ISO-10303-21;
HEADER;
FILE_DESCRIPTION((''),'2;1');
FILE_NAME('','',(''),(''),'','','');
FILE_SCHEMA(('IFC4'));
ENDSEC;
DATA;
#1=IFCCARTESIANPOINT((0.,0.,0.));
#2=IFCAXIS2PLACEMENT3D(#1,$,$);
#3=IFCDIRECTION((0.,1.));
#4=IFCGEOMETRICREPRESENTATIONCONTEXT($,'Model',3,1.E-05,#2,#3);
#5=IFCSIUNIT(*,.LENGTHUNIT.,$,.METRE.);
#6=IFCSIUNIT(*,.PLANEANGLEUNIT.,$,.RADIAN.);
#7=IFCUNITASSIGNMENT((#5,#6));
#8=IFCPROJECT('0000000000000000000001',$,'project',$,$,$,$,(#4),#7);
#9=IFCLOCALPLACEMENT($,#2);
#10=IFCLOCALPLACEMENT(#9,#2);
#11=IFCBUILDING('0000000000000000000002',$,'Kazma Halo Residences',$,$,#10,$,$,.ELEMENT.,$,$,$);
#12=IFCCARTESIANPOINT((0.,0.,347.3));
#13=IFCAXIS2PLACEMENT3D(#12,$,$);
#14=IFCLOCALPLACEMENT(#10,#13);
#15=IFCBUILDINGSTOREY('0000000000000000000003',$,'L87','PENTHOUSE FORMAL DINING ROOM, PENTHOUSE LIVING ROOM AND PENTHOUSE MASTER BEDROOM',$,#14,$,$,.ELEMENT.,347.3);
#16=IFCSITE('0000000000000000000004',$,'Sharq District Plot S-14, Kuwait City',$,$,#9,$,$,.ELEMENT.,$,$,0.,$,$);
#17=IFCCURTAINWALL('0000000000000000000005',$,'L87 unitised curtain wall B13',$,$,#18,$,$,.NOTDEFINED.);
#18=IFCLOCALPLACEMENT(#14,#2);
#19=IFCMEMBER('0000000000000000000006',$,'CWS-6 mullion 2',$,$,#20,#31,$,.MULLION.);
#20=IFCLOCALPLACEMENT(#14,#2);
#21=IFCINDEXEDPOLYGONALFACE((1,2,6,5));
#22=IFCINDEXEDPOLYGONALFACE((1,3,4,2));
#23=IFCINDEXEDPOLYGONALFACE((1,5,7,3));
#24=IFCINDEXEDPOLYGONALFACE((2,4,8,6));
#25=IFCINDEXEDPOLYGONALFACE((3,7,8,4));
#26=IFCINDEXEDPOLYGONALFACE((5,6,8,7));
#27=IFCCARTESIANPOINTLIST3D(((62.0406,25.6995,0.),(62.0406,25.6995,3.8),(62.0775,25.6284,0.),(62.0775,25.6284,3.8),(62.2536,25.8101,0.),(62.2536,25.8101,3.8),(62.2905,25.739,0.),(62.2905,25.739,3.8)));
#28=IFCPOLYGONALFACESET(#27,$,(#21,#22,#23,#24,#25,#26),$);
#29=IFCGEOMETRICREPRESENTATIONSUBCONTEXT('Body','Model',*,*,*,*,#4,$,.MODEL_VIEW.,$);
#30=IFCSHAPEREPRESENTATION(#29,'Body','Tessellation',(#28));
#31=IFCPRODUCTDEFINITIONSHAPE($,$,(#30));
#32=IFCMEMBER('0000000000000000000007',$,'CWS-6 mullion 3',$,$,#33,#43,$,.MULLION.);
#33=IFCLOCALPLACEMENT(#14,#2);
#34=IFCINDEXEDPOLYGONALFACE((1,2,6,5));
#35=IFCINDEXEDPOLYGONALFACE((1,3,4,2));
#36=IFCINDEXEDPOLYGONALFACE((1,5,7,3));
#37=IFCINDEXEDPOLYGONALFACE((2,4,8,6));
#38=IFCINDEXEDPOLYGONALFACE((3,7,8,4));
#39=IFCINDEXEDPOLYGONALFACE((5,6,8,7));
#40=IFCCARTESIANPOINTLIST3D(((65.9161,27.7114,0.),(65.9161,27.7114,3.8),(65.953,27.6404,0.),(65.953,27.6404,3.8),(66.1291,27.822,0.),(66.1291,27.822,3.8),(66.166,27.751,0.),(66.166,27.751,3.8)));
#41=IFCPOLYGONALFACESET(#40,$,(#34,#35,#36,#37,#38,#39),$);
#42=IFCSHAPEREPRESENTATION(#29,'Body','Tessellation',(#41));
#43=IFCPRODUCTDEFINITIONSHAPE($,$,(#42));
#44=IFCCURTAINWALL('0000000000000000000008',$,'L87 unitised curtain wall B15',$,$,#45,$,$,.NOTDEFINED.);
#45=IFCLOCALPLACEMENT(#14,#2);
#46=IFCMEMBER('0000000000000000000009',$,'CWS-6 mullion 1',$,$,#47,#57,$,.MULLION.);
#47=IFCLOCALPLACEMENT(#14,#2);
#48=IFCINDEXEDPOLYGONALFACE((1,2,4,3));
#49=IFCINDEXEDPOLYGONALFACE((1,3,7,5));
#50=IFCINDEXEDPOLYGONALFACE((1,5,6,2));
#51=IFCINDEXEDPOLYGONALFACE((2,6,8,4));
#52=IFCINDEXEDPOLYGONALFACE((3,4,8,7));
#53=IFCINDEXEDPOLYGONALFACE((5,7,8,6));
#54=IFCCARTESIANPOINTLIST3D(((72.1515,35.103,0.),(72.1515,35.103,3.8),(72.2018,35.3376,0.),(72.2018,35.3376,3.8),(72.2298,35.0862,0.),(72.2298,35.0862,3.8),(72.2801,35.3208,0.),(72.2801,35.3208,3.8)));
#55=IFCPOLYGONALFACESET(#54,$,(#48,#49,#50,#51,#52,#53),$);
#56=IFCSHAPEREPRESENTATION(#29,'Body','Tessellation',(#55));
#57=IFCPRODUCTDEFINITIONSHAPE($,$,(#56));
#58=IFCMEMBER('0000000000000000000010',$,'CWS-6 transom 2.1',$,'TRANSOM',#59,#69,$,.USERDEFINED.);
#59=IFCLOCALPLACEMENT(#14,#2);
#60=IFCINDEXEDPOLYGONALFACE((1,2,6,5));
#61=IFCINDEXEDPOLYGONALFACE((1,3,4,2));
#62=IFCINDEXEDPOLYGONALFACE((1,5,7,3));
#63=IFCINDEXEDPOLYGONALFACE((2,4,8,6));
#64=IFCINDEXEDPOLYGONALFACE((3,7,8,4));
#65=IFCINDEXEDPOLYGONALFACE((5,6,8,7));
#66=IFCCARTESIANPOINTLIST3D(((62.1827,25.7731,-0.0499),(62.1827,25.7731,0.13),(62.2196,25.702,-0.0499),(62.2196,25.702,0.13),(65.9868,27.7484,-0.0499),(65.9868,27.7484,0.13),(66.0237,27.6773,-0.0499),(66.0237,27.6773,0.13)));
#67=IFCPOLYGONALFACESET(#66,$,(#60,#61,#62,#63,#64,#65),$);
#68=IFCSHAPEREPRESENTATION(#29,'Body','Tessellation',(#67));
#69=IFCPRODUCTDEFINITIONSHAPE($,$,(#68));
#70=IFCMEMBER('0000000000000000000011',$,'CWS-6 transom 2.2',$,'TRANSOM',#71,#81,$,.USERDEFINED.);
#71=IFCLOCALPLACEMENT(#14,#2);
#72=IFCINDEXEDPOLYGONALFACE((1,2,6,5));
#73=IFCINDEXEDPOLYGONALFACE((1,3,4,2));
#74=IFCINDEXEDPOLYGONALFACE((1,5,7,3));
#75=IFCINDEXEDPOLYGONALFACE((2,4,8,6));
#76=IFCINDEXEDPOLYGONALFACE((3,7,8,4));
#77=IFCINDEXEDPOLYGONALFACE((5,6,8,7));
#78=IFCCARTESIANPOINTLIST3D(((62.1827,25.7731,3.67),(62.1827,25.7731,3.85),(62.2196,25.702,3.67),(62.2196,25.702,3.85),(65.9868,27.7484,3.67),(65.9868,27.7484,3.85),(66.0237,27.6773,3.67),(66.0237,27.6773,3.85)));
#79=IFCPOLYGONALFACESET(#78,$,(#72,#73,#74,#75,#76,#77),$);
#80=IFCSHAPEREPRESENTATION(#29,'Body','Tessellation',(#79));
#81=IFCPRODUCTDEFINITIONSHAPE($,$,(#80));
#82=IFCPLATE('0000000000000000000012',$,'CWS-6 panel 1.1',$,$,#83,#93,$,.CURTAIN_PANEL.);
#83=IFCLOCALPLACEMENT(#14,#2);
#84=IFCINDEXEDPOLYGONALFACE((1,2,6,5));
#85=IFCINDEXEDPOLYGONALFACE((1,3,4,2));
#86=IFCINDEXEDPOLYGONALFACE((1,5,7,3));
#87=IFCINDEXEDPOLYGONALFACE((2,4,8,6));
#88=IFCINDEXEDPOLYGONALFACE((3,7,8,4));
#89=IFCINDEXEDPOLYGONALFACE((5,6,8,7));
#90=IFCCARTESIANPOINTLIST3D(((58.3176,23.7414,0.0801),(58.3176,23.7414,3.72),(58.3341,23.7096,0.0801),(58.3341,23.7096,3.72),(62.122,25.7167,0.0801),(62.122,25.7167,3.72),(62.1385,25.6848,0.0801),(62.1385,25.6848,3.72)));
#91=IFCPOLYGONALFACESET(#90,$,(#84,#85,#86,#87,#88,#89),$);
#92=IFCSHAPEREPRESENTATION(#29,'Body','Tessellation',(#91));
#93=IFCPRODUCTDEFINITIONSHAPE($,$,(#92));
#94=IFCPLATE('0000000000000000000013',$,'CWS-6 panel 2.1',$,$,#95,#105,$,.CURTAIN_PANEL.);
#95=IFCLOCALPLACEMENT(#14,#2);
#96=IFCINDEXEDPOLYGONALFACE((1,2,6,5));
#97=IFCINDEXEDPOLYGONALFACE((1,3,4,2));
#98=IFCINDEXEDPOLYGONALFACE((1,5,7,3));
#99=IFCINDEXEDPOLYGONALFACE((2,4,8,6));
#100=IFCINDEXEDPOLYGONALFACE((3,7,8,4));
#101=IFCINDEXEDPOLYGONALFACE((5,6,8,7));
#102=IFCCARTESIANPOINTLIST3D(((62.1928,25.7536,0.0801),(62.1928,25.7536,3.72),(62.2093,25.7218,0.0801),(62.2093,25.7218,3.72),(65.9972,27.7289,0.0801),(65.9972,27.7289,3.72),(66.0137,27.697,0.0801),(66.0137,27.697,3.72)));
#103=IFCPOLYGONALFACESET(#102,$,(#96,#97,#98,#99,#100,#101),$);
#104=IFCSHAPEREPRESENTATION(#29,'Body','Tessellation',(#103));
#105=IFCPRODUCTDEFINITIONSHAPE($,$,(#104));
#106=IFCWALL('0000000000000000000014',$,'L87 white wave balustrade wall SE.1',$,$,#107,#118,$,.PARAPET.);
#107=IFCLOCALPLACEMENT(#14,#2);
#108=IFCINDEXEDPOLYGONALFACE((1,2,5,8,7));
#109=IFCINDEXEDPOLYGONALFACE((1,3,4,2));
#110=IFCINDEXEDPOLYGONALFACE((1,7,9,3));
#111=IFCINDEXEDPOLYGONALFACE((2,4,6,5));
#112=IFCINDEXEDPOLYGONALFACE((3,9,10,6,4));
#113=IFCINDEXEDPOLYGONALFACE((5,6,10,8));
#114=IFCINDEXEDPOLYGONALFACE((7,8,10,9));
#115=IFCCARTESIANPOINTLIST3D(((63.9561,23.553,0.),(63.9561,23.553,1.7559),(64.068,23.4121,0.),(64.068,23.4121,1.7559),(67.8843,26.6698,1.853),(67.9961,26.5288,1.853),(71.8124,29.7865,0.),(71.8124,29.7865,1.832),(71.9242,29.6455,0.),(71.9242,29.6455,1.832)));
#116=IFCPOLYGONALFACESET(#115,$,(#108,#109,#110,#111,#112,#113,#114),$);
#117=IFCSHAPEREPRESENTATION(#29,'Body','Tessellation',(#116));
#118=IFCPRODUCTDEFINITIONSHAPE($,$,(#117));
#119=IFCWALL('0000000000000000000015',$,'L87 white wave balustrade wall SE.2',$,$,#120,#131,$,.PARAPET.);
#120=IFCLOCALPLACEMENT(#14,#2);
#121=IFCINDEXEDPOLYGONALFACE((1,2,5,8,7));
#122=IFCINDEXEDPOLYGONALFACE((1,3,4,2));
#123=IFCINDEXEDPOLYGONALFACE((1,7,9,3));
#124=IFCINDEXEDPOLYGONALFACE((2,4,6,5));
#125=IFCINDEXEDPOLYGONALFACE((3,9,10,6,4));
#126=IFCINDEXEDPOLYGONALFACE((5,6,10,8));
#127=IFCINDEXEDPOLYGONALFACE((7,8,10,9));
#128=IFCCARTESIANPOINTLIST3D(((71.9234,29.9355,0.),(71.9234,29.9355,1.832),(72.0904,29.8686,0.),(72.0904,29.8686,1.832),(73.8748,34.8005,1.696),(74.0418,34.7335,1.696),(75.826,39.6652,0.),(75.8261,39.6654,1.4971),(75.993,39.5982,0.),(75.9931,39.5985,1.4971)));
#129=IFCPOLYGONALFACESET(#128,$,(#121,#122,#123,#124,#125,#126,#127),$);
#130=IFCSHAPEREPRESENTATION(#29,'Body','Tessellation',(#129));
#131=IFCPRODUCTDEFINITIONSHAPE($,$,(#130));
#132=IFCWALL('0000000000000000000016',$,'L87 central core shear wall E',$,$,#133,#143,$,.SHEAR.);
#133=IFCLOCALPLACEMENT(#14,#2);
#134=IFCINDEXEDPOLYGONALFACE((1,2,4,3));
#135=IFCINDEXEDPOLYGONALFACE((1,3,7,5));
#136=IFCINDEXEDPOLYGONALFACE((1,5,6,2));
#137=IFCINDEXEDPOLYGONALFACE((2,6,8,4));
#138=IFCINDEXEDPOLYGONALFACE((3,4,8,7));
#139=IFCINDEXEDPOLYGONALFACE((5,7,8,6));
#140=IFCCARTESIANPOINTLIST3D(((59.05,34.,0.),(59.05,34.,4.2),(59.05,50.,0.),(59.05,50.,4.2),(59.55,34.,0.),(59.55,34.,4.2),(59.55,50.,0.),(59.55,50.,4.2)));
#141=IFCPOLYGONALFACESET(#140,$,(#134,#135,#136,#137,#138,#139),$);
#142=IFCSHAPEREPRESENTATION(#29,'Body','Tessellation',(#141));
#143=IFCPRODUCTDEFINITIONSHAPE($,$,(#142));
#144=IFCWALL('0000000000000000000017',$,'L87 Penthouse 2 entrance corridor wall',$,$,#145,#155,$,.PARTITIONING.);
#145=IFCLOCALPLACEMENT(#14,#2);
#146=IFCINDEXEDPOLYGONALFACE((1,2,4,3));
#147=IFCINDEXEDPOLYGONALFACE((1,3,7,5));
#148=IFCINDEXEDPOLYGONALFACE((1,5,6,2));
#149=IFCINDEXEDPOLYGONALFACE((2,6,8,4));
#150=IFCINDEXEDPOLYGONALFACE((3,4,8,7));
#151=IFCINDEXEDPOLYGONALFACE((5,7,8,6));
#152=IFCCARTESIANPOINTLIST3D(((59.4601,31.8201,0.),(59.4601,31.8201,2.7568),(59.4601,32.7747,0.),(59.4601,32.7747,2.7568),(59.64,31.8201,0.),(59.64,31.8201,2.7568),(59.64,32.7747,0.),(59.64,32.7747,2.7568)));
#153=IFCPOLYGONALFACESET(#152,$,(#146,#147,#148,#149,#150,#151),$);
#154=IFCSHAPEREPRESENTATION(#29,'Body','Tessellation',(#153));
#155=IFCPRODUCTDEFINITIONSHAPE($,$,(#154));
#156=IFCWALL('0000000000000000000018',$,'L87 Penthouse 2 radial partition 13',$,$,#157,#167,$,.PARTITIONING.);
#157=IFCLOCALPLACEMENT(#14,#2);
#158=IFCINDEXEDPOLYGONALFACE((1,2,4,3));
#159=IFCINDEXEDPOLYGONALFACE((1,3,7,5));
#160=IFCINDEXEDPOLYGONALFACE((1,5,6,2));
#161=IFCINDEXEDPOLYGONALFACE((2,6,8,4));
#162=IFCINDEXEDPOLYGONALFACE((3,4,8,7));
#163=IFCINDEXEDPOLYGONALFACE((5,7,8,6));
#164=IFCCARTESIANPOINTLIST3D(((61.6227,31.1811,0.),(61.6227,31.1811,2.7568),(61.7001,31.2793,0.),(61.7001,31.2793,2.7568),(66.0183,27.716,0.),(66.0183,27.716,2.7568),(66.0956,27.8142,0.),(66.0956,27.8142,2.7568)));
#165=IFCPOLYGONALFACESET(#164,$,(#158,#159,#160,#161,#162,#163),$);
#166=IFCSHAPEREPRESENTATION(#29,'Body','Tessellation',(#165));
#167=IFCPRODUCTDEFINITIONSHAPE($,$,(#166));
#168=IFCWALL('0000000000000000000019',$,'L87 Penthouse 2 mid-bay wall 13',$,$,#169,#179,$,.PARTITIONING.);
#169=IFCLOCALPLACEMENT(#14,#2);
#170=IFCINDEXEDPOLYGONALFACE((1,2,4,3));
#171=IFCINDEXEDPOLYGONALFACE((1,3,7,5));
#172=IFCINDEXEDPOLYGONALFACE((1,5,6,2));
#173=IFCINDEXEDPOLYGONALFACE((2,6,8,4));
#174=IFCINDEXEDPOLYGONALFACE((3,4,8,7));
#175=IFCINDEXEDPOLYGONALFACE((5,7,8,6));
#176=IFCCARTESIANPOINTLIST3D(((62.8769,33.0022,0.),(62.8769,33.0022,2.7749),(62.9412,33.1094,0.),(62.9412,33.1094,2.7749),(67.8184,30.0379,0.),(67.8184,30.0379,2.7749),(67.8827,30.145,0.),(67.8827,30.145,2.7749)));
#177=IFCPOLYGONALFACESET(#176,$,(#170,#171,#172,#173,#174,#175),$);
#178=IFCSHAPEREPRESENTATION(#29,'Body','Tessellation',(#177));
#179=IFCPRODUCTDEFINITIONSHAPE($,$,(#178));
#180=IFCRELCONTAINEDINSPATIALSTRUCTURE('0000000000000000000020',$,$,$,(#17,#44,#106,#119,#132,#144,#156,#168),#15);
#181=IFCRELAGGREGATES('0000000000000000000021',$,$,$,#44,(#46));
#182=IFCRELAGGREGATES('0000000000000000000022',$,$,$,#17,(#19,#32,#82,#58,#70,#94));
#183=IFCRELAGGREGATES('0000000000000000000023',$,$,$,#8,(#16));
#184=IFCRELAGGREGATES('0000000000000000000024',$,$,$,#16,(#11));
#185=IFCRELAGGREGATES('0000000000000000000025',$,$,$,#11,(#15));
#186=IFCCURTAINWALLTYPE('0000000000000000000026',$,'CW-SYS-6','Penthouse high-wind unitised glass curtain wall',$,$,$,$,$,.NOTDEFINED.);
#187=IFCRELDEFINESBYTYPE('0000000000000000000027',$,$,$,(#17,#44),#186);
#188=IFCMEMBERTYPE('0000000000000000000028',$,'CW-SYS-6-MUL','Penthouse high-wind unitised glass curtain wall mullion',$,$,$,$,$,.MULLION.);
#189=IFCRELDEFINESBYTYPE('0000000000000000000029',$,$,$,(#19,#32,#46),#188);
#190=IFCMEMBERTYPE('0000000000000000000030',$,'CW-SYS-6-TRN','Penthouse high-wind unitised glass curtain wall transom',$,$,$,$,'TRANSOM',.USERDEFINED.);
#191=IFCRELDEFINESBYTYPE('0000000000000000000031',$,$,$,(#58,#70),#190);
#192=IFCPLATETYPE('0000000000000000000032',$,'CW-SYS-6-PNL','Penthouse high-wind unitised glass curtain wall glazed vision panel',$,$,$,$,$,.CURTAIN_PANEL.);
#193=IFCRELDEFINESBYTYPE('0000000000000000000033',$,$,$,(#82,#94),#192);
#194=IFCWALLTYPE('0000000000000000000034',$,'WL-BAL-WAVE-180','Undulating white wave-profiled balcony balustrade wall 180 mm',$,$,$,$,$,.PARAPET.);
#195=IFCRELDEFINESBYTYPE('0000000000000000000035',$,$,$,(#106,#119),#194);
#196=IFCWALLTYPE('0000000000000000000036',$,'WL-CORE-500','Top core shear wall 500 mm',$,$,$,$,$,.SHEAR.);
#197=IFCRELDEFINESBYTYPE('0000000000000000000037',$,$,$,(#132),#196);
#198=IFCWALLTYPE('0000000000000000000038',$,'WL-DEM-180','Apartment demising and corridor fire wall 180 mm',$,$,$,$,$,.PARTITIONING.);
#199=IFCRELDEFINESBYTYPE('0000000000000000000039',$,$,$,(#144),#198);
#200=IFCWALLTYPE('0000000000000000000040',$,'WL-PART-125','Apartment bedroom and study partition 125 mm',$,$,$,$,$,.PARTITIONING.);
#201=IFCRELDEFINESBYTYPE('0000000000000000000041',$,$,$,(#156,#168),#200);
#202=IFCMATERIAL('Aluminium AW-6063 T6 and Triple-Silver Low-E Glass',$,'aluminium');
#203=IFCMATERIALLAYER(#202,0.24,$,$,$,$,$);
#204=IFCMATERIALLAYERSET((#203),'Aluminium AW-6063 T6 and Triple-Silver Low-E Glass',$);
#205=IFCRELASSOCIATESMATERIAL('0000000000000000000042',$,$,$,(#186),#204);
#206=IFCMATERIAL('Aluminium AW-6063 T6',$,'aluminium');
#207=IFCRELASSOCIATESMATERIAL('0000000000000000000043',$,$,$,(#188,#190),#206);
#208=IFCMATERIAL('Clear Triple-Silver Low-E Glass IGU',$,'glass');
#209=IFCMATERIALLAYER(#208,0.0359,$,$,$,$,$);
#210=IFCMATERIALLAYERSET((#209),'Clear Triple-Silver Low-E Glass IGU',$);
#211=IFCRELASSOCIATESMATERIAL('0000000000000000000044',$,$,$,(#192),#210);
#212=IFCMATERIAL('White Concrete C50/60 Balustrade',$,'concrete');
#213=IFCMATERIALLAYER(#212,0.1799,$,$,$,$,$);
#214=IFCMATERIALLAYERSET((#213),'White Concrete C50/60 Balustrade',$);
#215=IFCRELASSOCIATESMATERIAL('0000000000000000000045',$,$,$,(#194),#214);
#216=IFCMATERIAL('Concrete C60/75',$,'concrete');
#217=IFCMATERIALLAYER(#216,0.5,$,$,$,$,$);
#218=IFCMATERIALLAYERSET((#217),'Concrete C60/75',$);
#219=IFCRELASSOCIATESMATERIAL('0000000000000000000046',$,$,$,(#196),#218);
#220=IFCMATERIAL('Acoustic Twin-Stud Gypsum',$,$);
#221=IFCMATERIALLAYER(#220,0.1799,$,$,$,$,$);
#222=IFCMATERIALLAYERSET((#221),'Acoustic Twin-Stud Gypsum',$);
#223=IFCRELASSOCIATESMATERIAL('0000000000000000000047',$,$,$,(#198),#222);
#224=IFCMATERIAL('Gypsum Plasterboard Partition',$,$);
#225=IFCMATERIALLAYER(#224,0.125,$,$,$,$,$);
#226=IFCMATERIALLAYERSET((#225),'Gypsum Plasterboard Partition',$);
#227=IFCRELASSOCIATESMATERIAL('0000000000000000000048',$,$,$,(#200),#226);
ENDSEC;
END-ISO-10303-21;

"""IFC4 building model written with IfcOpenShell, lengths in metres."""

from ifc_helpers import new_model, si_unit, direction, frame, frame_2d, origin, origin_2d, place, context, subcontext, project, spatial, polyline, rectangle, outline, extrude, material, layer, layer_set, material_profile, profile_set, type_object, element, aggregate, save


model = new_model("IFC4")

# Units and contexts
model_context = context("Model", 3, precision=1e-05, world=origin(), true_north=direction((0.0, 1.0)))
body_context = subcontext(model_context, "Body", "Model", "MODEL_VIEW")
ifc_project = project(units=[si_unit("LENGTHUNIT", "METRE"), si_unit("PLANEANGLEUNIT", "RADIAN")], contexts=[model_context])

# Site, building, storey
site_placement = place(None, origin())
site = spatial("IfcSite", under=ifc_project, at=site_placement, Name="Sharq District Plot S-14, Kuwait City", CompositionType="ELEMENT", RefElevation=0.0)
building_placement = place(site_placement, origin())
building = spatial("IfcBuilding", under=site, at=building_placement, Name="Kazma Halo Residences", CompositionType="ELEMENT")
storey_placement = place(building_placement, frame((0.0, 0.0, 347.3)))
storey = spatial("IfcBuildingStorey", under=building, at=storey_placement, Name="L87", Description="PENTHOUSE FORMAL DINING ROOM, PENTHOUSE LIVING ROOM AND PENTHOUSE MASTER BEDROOM", CompositionType="ELEMENT", Elevation=347.3)

# Shared definitions
ifc_material_1 = material(Name="Concrete C60/75", Category="concrete")

# Curtain wall, members
ifc_material_2 = material(Name="Aluminium AW-6063 T6 and Triple-Silver Low-E Glass", Category="aluminium")
ifc_layer_1 = layer(ifc_material_2, 0.24)
ifc_layer_set_1 = layer_set([ifc_layer_1], Name="Aluminium AW-6063 T6 and Triple-Silver Low-E Glass")
curtain_wall_type = type_object("IfcCurtainWallType", Name="CW-SYS-6", Description="Penthouse high-wind unitised glass curtain wall", PredefinedType="NOTDEFINED", material=ifc_layer_set_1)
curtain_wall_1_placement = place(storey_placement, origin())
curtain_wall_1 = element("IfcCurtainWall", 1, at=curtain_wall_1_placement, inside=storey, type_object=curtain_wall_type, Name="L87 unitised curtain wall B13", PredefinedType="NOTDEFINED")
ifc_material_3 = material(Name="Aluminium AW-6063 T6", Category="aluminium")
ifc_material_profile_1 = material_profile(ifc_material_3, rectangle(XDim=0.0801, YDim=0.24, at=origin_2d()), Name="CWM-80x240")
ifc_profile_set_1 = profile_set([ifc_material_profile_1], Name="Aluminium AW-6063 T6")
member_type_1 = type_object("IfcMemberType", Name="CW-SYS-6-MUL", Description="Penthouse high-wind unitised glass curtain wall mullion", PredefinedType="MULLION", material=ifc_profile_set_1)
member_1_placement = place(storey_placement, frame((62.1655, 25.7192, 0.0), z_axis=(0.0, 0.0, 1.0), x_axis=(-0.460796, 0.887506, 0.0)))
member_1 = element("IfcMember", 2, at=member_1_placement, type_object=member_type_1, Name="CWS-6 mullion 2", PredefinedType="MULLION", context=body_context, shape_type="SweptSolid", body=[
    extrude(rectangle(XDim=0.0801, YDim=0.24, at=origin_2d()), origin(), (0.0, 0.0, 1.0), 3.8),
])
member_2_placement = place(storey_placement, frame((66.041, 27.7312, 0.0), z_axis=(0.0, 0.0, 1.0), x_axis=(-0.460796, 0.887506, 0.0)))
member_2 = element("IfcMember", 3, at=member_2_placement, type_object=member_type_1, Name="CWS-6 mullion 3", PredefinedType="MULLION", context=body_context, shape_type="SweptSolid", body=[
    extrude(rectangle(XDim=0.0801, YDim=0.24, at=origin_2d()), origin(), (0.0, 0.0, 1.0), 3.8),
])

# Curtain wall, member
curtain_wall_2_placement = place(storey_placement, origin())
curtain_wall_2 = element("IfcCurtainWall", 4, at=curtain_wall_2_placement, inside=storey, type_object=curtain_wall_type, Name="L87 unitised curtain wall B15", PredefinedType="NOTDEFINED")
member_3_placement = place(storey_placement, frame((72.2158, 35.2119, 0.0), z_axis=(0.0, 0.0, 1.0), x_axis=(-0.977761, 0.209723, 0.0)))
member_3 = element("IfcMember", 5, at=member_3_placement, type_object=member_type_1, Name="CWS-6 mullion 1", PredefinedType="MULLION", context=body_context, shape_type="SweptSolid", body=[
    extrude(rectangle(XDim=0.0801, YDim=0.24, at=origin_2d()), origin(), (0.0, 0.0, 1.0), 3.8),
])
aggregate(curtain_wall_2, [member_3])

# Members
ifc_material_profile_2 = material_profile(ifc_material_3, rectangle(XDim=0.0801, YDim=0.1799, at=origin_2d()), Name="CWT-80x180")
ifc_profile_set_2 = profile_set([ifc_material_profile_2], Name="Aluminium AW-6063 T6")
member_type_2 = type_object("IfcMemberType", Name="CW-SYS-6-TRN", Description="Penthouse high-wind unitised glass curtain wall transom", ElementType="TRANSOM", PredefinedType="USERDEFINED", material=ifc_profile_set_2)
member_4_placement = place(storey_placement, frame((62.2012, 25.7375, 0.04), z_axis=(0.887488, 0.460831, 0.0), x_axis=(-0.460831, 0.887488, 0.0)))
member_4 = element("IfcMember", 6, at=member_4_placement, type_object=member_type_2, Name="CWS-6 transom 2.1", ObjectType="TRANSOM", PredefinedType="USERDEFINED", context=body_context, shape_type="SweptSolid", body=[
    extrude(rectangle(XDim=0.0801, YDim=0.1799, at=origin_2d()), origin(), (0.0, 0.0, 1.0), 4.2864),
])
member_5_placement = place(storey_placement, frame((62.2012, 25.7375, 3.76), z_axis=(0.887488, 0.460831, 0.0), x_axis=(-0.460831, 0.887488, 0.0)))
member_5 = element("IfcMember", 7, at=member_5_placement, type_object=member_type_2, Name="CWS-6 transom 2.2", ObjectType="TRANSOM", PredefinedType="USERDEFINED", context=body_context, shape_type="SweptSolid", body=[
    extrude(rectangle(XDim=0.0801, YDim=0.1799, at=origin_2d()), origin(), (0.0, 0.0, 1.0), 4.2864),
])

# Plates
ifc_material_4 = material(Name="Clear Triple-Silver Low-E Glass IGU", Category="glass")
ifc_layer_2 = layer(ifc_material_4, 0.0359)
ifc_layer_set_2 = layer_set([ifc_layer_2], Name="Clear Triple-Silver Low-E Glass IGU")
plate_type = type_object("IfcPlateType", Name="CW-SYS-6-PNL", Description="Penthouse high-wind unitised glass curtain wall glazed vision panel", PredefinedType="CURTAIN_PANEL", material=ifc_layer_set_2)
plate_1_placement = place(storey_placement, frame((60.228, 24.7131, 0.0801), z_axis=(0.0, 0.0, 1.0), x_axis=(0.887506, 0.460796, 0.0)))
plate_1 = element("IfcPlate", 8, at=plate_1_placement, type_object=plate_type, Name="CWS-6 panel 1.1", PredefinedType="CURTAIN_PANEL", context=body_context, shape_type="SweptSolid", body=[
    extrude(rectangle(XDim=4.2866, YDim=0.0359, at=origin_2d()), origin(), (0.0, 0.0, 1.0), 3.6399),
])
plate_2_placement = place(storey_placement, frame((64.1033, 26.7253, 0.0801), z_axis=(0.0, 0.0, 1.0), x_axis=(0.887506, 0.460796, 0.0)))
plate_2 = element("IfcPlate", 9, at=plate_2_placement, type_object=plate_type, Name="CWS-6 panel 2.1", PredefinedType="CURTAIN_PANEL", context=body_context, shape_type="SweptSolid", body=[
    extrude(rectangle(XDim=4.2866, YDim=0.0359, at=origin_2d()), origin(), (0.0, 0.0, 1.0), 3.6399),
])
aggregate(curtain_wall_1, [member_1, member_2, plate_1, member_4, member_5, plate_2])

# Walls
ifc_material_5 = material(Name="White Concrete C50/60 Balustrade", Category="concrete")
ifc_layer_3 = layer(ifc_material_5, 0.1799)
ifc_layer_set_3 = layer_set([ifc_layer_3], Name="White Concrete C50/60 Balustrade")
wall_type_1 = type_object("IfcWallType", Name="WL-BAL-WAVE-180", Description="Undulating white wave-profiled balcony balustrade wall 180 mm", PredefinedType="PARAPET", material=ifc_layer_set_3)
wall_1_placement = place(storey_placement, frame((64.012, 23.4827, 0.0), z_axis=(0.0, 0.0, 1.0), x_axis=(0.783371, 0.621555, 0.0)))
element("IfcWall", 10, at=wall_1_placement, inside=storey, type_object=wall_type_1, Name="L87 white wave balustrade wall SE.1", PredefinedType="PARAPET", context=body_context, shape_type="SweptSolid", body=[
    extrude(outline(polyline([(0.0, 0.0), (10.0288, 0.0), (10.0288, 1.832), (5.0144, 1.853), (0.0, 1.7559), (0.0, 0.0)])), frame((0.0, 0.0898, 0.0), z_axis=(0.0, -1.0, 0.0), x_axis=(1.0, 0.0, 0.0)), (0.0, 0.0, 1.0), 0.1799),
])
wall_2_placement = place(storey_placement, frame((72.0068, 29.9021, 0.0), z_axis=(0.0, 0.0, 1.0), x_axis=(0.37227, 0.928125, 0.0)))
element("IfcWall", 11, at=wall_2_placement, inside=storey, type_object=wall_type_1, Name="L87 white wave balustrade wall SE.2", PredefinedType="PARAPET", context=body_context, shape_type="SweptSolid", body=[
    extrude(outline(polyline([(0.0, 0.0), (10.4832, 0.0), (10.4834, 1.4971), (5.2417, 1.696), (0.0, 1.832), (0.0, 0.0)])), frame((0.0, 0.0898, 0.0), z_axis=(0.0, -1.0, 0.0), x_axis=(1.0, 0.0, 0.0)), (0.0, 0.0, 1.0), 0.1799),
])
ifc_layer_4 = layer(ifc_material_1, 0.5)
ifc_layer_set_4 = layer_set([ifc_layer_4], Name="Concrete C60/75")
wall_type_2 = type_object("IfcWallType", Name="WL-CORE-500", Description="Top core shear wall 500 mm", PredefinedType="SHEAR", material=ifc_layer_set_4)
wall_3_placement = place(storey_placement, frame((59.3, 34.0, 0.0), z_axis=(0.0, 0.0, 1.0), x_axis=(0.0, 1.0, 0.0)))
element("IfcWall", 12, at=wall_3_placement, inside=storey, type_object=wall_type_2, Name="L87 central core shear wall E", PredefinedType="SHEAR", context=body_context, shape_type="SweptSolid", body=[
    extrude(rectangle(XDim=16.0, YDim=0.5, at=frame_2d((8.0, 0.0))), origin(), (0.0, 0.0, 1.0), 4.2),
])
ifc_material_6 = material(Name="Acoustic Twin-Stud Gypsum")
ifc_layer_5 = layer(ifc_material_6, 0.1799)
ifc_layer_set_5 = layer_set([ifc_layer_5], Name="Acoustic Twin-Stud Gypsum")
wall_type_3 = type_object("IfcWallType", Name="WL-DEM-180", Description="Apartment demising and corridor fire wall 180 mm", PredefinedType="PARTITIONING", material=ifc_layer_set_5)
wall_4_placement = place(storey_placement, frame((59.55, 31.8201, 0.0), z_axis=(0.0, 0.0, 1.0), x_axis=(0.0, 1.0, 0.0)))
element("IfcWall", 13, at=wall_4_placement, inside=storey, type_object=wall_type_3, Name="L87 Penthouse 2 entrance corridor wall", PredefinedType="PARTITIONING", context=body_context, shape_type="SweptSolid", body=[
    extrude(rectangle(XDim=0.9546, YDim=0.1799, at=frame_2d((0.4773, 0.0))), origin(), (0.0, 0.0, 1.0), 2.7568),
])

# Walls
ifc_material_7 = material(Name="Gypsum Plasterboard Partition")
ifc_layer_6 = layer(ifc_material_7, 0.125)
ifc_layer_set_6 = layer_set([ifc_layer_6], Name="Gypsum Plasterboard Partition")
wall_type_4 = type_object("IfcWallType", Name="WL-PART-125", Description="Apartment bedroom and study partition 125 mm", PredefinedType="PARTITIONING", material=ifc_layer_set_6)
wall_5_placement = place(storey_placement, frame((61.6614, 31.2302, 0.0), z_axis=(0.0, 0.0, 1.0), x_axis=(0.785321, -0.619088, 0.0)))
element("IfcWall", 14, at=wall_5_placement, inside=storey, type_object=wall_type_4, Name="L87 Penthouse 2 radial partition 13", PredefinedType="PARTITIONING", context=body_context, shape_type="SweptSolid", body=[
    extrude(rectangle(XDim=5.5972, YDim=0.125, at=frame_2d((2.7986, 0.0))), origin(), (0.0, 0.0, 1.0), 2.7568),
])
wall_6_placement = place(storey_placement, frame((62.9089, 33.0559, 0.0), z_axis=(0.0, 0.0, 1.0), x_axis=(0.85753, -0.514433, 0.0)))
element("IfcWall", 15, at=wall_6_placement, inside=storey, type_object=wall_type_4, Name="L87 Penthouse 2 mid-bay wall 13", PredefinedType="PARTITIONING", context=body_context, shape_type="SweptSolid", body=[
    extrude(rectangle(XDim=5.7625, YDim=0.125, at=frame_2d((2.8813, 0.0))), origin(), (0.0, 0.0, 1.0), 2.7749),
])

save(model, "model.ifc")
